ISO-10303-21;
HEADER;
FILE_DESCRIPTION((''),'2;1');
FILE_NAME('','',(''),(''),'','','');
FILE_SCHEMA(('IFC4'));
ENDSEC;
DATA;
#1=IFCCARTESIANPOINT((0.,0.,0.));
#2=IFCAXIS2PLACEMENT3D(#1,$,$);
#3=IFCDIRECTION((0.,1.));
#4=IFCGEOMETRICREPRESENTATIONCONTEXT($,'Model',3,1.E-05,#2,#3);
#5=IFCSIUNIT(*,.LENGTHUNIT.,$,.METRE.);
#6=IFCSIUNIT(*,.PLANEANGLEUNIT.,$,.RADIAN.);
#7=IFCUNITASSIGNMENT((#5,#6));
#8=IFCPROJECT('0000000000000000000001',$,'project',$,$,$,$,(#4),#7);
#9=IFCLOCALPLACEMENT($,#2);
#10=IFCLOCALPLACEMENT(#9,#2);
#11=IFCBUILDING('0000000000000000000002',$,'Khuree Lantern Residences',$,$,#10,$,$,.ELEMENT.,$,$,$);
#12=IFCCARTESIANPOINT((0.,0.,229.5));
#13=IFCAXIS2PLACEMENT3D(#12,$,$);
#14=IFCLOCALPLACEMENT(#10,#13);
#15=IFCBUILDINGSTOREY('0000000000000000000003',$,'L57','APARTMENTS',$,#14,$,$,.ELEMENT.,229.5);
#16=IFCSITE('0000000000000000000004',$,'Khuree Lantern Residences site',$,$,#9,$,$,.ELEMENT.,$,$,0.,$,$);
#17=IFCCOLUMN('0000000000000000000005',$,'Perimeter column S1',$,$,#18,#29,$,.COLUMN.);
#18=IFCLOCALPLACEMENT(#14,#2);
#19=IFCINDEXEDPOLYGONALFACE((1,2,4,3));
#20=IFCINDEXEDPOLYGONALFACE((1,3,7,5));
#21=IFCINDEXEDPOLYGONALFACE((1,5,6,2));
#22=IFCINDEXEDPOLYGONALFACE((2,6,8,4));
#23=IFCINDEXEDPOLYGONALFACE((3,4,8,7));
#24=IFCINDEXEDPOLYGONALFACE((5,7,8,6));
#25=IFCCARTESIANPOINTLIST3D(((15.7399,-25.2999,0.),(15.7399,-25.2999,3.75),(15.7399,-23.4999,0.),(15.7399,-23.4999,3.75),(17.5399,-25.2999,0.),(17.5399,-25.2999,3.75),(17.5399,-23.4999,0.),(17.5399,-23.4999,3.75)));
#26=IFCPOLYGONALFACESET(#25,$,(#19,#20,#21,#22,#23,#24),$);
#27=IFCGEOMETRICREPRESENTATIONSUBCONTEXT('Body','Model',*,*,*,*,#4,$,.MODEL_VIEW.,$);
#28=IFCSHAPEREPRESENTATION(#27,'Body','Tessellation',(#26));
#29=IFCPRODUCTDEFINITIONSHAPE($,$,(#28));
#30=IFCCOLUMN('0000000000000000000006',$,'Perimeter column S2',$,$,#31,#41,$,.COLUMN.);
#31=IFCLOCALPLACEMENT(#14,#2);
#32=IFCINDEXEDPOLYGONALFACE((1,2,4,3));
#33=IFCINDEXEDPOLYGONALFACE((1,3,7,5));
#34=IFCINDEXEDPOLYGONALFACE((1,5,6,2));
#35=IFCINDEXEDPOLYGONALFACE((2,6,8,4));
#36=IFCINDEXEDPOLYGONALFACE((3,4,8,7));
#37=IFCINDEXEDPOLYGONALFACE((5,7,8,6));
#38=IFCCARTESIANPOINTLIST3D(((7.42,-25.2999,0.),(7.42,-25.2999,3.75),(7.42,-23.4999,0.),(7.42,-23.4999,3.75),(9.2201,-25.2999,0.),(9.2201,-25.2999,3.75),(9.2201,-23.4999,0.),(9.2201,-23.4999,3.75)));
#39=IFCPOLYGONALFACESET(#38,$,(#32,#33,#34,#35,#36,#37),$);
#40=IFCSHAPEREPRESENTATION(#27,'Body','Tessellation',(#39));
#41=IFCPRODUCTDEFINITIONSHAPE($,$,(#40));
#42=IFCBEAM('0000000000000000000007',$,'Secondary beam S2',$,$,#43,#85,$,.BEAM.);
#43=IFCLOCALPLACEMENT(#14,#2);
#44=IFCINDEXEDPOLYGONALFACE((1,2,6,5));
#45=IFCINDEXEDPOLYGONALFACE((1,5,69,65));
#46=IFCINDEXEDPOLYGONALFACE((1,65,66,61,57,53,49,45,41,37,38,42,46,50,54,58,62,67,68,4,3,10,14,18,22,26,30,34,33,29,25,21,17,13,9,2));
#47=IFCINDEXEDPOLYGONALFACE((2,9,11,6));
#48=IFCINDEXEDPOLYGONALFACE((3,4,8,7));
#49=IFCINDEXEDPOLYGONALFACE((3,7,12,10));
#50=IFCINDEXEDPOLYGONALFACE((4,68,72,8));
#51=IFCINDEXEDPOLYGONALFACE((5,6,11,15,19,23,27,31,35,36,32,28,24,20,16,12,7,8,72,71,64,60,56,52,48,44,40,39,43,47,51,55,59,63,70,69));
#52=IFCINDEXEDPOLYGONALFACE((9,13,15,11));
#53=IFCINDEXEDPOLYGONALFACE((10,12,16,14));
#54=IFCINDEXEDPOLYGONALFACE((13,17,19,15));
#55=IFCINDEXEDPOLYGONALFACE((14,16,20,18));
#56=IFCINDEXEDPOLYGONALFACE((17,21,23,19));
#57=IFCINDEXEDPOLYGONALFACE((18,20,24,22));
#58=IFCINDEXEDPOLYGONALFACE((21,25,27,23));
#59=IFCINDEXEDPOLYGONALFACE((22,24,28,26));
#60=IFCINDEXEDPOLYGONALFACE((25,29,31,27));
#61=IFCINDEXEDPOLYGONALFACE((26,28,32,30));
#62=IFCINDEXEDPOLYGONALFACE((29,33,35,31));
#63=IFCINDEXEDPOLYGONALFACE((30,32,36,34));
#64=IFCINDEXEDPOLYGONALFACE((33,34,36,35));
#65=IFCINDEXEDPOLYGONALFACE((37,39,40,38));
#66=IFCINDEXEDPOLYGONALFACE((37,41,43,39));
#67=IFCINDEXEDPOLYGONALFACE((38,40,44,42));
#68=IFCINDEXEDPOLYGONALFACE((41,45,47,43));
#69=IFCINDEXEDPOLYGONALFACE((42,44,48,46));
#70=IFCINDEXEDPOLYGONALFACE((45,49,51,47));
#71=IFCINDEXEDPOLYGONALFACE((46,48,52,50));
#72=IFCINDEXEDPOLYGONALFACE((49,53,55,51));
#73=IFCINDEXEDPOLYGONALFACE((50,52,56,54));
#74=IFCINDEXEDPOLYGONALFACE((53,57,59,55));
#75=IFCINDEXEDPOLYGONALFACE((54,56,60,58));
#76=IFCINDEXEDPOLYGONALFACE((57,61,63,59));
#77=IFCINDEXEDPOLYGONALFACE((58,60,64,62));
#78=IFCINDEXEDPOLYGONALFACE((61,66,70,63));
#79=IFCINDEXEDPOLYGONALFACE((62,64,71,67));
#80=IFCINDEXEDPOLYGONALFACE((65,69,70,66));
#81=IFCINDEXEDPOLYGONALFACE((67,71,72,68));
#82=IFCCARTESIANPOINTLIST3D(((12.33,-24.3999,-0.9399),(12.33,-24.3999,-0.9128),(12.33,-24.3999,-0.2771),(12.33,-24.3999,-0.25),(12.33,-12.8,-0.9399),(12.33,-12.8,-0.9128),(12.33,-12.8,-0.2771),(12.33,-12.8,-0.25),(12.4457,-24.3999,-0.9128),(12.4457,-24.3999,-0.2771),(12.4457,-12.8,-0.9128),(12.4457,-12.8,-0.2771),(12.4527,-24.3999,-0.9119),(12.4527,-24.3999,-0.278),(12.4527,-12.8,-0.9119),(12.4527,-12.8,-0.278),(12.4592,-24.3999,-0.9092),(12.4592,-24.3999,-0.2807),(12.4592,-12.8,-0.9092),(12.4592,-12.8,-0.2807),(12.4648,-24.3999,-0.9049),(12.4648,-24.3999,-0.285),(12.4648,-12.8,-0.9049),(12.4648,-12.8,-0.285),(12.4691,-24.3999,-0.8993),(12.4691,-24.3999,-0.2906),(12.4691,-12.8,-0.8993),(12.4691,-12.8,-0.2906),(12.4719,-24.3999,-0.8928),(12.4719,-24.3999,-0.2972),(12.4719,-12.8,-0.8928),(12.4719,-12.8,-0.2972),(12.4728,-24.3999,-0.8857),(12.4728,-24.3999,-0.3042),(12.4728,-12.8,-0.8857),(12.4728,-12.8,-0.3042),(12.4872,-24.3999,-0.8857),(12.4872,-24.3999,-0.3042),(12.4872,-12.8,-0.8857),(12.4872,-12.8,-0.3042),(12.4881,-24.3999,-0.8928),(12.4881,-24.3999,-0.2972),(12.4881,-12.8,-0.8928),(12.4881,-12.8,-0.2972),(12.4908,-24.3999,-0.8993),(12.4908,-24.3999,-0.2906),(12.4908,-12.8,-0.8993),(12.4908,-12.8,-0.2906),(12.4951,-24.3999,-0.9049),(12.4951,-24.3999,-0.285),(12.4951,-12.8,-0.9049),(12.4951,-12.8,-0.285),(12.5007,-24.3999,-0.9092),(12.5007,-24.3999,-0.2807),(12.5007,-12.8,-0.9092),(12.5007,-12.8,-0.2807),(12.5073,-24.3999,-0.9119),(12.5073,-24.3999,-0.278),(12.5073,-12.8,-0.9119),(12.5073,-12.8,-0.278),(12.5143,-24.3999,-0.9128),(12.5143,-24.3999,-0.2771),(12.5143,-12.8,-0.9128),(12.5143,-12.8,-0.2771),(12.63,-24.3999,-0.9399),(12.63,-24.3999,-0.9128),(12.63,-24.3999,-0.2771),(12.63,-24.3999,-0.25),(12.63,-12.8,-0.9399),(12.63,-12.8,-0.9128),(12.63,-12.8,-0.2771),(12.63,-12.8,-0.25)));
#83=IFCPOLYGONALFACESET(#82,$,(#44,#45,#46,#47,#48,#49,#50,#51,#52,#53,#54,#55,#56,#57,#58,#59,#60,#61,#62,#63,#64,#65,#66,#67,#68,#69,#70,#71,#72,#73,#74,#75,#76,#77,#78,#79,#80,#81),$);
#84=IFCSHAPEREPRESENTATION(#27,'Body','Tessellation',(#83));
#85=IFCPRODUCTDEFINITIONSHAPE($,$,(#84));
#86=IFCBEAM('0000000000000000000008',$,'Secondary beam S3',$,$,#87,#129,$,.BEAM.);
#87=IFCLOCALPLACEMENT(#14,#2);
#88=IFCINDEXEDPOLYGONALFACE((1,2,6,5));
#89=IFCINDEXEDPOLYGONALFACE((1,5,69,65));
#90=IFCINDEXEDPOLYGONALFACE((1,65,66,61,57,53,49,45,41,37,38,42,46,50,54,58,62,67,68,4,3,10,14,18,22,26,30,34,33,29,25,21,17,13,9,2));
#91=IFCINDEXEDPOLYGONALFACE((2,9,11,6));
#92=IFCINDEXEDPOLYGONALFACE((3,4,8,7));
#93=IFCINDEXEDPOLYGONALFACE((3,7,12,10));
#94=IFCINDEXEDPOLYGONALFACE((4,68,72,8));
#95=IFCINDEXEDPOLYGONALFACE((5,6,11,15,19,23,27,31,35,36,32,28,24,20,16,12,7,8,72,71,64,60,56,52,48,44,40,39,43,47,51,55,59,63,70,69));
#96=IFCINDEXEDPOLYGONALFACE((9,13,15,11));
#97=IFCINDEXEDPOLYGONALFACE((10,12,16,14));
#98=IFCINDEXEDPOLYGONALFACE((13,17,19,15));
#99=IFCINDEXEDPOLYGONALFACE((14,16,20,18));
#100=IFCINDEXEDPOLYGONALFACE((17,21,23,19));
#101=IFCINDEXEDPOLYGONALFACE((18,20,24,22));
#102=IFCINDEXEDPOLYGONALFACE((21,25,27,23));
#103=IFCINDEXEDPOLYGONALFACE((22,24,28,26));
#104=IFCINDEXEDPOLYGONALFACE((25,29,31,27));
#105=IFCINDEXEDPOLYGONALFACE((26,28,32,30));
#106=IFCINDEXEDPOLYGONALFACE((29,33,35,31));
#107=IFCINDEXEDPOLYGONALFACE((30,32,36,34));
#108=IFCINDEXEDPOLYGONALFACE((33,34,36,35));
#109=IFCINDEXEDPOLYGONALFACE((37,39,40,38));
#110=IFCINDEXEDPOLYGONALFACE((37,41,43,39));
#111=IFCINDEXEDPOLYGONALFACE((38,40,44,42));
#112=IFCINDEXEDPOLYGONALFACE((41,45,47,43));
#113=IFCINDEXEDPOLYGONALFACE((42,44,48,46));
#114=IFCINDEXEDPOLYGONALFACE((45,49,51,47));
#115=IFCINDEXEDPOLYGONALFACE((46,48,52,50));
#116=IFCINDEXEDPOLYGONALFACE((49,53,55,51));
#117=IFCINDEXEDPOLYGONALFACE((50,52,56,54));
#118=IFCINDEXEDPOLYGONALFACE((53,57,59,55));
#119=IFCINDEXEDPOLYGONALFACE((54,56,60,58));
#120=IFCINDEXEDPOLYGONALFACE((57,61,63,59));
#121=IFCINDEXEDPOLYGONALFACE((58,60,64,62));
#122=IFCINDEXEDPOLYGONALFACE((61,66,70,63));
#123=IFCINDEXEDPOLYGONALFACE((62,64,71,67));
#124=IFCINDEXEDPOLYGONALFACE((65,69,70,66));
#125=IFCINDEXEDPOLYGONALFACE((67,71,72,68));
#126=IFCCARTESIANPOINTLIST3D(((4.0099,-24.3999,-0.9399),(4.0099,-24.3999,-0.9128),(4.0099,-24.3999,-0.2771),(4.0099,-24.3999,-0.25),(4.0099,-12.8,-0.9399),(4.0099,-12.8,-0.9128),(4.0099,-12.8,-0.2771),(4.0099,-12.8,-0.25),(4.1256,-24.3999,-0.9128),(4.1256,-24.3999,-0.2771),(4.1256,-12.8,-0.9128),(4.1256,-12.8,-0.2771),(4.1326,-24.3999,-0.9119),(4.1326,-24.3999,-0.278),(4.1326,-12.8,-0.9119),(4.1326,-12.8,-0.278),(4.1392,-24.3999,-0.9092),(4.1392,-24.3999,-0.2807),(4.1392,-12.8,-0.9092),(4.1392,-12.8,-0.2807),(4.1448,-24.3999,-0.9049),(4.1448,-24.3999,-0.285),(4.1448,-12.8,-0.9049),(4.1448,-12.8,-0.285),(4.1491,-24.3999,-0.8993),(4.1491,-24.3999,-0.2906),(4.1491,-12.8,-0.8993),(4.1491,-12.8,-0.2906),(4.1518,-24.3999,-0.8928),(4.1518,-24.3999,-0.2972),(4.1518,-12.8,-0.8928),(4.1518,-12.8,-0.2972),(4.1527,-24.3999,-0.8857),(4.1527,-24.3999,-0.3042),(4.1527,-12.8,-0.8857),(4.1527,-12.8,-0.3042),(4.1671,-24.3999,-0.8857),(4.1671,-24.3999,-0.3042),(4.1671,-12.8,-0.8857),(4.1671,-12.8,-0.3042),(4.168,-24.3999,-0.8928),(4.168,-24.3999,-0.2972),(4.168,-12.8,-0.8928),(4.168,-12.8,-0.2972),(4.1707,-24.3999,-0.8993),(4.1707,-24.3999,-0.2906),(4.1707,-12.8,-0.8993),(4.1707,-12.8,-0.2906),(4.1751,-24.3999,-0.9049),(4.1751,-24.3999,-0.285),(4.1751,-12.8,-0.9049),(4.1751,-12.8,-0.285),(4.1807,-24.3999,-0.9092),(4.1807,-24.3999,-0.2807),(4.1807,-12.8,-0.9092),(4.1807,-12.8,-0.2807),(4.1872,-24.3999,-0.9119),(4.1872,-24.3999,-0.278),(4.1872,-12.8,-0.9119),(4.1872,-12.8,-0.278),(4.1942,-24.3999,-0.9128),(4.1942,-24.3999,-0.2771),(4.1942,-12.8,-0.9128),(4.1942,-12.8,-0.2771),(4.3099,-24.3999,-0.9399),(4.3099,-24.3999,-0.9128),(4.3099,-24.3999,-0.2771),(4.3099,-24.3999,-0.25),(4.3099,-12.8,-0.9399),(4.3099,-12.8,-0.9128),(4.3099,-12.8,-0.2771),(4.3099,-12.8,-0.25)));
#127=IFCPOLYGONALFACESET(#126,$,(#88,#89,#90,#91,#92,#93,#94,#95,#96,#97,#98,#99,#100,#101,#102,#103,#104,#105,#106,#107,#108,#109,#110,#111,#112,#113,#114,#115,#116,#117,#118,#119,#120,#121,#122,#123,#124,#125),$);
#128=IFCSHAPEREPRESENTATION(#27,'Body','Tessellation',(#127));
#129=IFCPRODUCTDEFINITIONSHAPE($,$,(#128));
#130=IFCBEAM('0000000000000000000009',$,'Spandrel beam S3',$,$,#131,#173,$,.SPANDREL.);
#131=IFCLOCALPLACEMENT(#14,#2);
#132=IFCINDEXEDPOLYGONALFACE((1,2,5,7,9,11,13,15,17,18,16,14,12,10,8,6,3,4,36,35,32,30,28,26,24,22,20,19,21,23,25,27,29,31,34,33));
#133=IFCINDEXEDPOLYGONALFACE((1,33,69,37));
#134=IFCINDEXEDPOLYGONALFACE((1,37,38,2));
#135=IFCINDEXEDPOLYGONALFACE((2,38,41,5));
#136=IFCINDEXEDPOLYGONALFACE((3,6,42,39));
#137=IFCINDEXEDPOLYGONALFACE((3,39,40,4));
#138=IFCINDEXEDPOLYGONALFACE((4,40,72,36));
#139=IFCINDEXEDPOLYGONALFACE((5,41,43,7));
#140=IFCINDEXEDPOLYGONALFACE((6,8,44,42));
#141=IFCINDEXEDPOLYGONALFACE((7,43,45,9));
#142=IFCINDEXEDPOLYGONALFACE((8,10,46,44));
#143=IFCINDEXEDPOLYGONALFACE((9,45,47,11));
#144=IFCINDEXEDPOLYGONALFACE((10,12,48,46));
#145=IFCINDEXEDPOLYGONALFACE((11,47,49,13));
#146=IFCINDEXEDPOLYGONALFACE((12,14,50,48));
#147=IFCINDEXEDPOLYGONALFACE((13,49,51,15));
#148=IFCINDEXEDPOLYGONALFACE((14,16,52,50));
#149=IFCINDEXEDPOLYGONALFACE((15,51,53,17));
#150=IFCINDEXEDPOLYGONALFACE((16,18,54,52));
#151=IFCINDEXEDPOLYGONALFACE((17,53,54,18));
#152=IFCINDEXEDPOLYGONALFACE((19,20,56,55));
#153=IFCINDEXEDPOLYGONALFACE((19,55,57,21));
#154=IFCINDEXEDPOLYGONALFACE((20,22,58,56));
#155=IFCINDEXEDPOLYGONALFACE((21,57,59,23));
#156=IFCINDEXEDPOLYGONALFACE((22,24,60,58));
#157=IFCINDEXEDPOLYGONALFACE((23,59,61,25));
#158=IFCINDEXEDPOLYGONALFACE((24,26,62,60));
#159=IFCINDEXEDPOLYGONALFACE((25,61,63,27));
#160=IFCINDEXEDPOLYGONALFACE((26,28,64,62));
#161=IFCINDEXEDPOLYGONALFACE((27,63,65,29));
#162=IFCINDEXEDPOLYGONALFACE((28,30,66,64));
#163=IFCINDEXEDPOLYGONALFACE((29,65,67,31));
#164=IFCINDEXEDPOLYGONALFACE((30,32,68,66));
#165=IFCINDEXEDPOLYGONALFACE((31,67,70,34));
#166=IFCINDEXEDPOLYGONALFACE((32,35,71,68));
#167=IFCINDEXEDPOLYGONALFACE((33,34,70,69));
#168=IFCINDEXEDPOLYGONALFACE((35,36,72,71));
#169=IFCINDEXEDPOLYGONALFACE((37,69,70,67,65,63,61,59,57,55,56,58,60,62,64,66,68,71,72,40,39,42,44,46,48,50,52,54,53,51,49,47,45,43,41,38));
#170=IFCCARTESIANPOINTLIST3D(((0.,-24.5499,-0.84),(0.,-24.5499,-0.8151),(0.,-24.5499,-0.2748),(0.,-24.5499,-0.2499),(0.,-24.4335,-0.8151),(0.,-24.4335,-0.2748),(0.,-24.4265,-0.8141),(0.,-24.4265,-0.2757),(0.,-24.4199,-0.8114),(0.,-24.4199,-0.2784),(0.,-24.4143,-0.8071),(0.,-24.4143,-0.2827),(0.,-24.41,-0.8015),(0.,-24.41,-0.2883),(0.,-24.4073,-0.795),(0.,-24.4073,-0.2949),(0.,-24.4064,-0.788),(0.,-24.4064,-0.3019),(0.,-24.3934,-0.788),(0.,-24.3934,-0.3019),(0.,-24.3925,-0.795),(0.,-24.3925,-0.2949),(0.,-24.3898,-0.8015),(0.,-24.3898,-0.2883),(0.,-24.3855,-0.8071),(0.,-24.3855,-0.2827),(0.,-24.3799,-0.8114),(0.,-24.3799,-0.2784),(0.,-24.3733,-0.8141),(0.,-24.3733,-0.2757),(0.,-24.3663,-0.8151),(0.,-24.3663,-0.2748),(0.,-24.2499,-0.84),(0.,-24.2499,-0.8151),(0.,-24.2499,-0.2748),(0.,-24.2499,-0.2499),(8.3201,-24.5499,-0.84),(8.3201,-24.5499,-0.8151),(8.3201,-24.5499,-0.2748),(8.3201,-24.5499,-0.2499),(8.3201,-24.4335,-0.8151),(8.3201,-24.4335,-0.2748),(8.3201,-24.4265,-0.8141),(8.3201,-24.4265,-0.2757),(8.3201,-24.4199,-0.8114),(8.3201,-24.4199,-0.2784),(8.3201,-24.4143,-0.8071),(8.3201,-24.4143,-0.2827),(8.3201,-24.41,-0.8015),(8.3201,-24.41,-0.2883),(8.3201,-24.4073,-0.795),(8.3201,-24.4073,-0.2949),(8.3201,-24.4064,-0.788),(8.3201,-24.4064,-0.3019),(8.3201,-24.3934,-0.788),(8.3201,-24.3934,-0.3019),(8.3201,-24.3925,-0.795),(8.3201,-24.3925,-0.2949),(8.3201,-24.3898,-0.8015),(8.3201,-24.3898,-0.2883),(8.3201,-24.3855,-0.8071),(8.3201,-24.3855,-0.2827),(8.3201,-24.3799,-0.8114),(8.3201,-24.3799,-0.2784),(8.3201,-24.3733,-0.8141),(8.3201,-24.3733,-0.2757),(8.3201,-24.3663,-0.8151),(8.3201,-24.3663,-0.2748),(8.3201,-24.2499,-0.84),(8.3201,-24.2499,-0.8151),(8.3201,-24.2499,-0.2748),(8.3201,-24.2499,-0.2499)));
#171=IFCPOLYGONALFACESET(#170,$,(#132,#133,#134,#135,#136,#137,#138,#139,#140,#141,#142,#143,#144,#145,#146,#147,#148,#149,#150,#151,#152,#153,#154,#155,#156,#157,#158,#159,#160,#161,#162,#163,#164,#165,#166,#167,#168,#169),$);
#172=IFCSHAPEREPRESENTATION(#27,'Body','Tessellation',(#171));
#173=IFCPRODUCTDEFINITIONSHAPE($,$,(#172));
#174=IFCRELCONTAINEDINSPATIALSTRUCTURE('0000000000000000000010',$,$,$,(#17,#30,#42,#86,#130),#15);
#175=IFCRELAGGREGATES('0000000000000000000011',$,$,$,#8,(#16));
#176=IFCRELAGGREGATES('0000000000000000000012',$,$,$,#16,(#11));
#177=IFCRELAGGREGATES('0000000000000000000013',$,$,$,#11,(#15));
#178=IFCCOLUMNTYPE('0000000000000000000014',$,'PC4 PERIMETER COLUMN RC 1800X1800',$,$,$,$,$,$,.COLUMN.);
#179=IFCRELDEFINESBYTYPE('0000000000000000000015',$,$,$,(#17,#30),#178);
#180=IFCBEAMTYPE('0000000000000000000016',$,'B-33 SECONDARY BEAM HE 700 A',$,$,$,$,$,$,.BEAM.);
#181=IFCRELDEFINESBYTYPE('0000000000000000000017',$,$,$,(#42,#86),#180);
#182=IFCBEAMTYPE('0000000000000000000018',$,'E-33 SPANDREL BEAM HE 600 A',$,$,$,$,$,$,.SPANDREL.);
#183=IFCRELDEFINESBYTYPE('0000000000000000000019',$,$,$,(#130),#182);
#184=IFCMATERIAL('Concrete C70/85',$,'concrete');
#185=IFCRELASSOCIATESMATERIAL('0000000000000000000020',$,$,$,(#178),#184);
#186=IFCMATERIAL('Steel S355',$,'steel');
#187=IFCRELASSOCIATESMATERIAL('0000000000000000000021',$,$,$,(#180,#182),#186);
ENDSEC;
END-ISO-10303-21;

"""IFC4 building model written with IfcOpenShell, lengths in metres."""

from ifc_helpers import new_model, si_unit, direction, frame, origin, origin_2d, place, context, subcontext, project, spatial, rectangle, i_section, extrude, material, material_profile, profile_set, type_object, element, save


model = new_model("IFC4")

# Units and contexts
model_context = context("Model", 3, precision=1e-05, world=origin(), true_north=direction((0.0, 1.0)))
body_context = subcontext(model_context, "Body", "Model", "MODEL_VIEW")
ifc_project = project(units=[si_unit("LENGTHUNIT", "METRE"), si_unit("PLANEANGLEUNIT", "RADIAN")], contexts=[model_context])

# Site, building, storey
site_placement = place(None, origin())
site = spatial("IfcSite", under=ifc_project, at=site_placement, Name="Khuree Lantern Residences site", CompositionType="ELEMENT", RefElevation=0.0)
building_placement = place(site_placement, origin())
building = spatial("IfcBuilding", under=site, at=building_placement, Name="Khuree Lantern Residences", CompositionType="ELEMENT")
storey_placement = place(building_placement, frame((0.0, 0.0, 229.5)))
storey = spatial("IfcBuildingStorey", under=building, at=storey_placement, Name="L57", Description="APARTMENTS", CompositionType="ELEMENT", Elevation=229.5)

# Columns
ifc_material_1 = material(Name="Concrete C70/85", Category="concrete")
ifc_material_profile_1 = material_profile(ifc_material_1, rectangle(XDim=1.8, YDim=1.8, at=origin_2d()), Name="RC 1800X1800")
ifc_profile_set_1 = profile_set([ifc_material_profile_1], Name="Concrete C70/85")
column_type = type_object("IfcColumnType", Name="PC4 PERIMETER COLUMN RC 1800X1800", PredefinedType="COLUMN", material=ifc_profile_set_1)
for number, where, z_axis, x_axis, name in (
    (1, (16.6399, -24.3999, 0.0), (0.0, 0.0, 1.0), (1.0, 0.0, 0.0), "Perimeter column S1"),
    (2, (8.3201, -24.3999, 0.0), (0.0, 0.0, 1.0), (1.0, 0.0, 0.0), "Perimeter column S2"),
):
    element("IfcColumn", number, at=place(storey_placement, frame(where, z_axis=z_axis, x_axis=x_axis)), inside=storey, type_object=column_type, Name=name, PredefinedType="COLUMN", context=body_context, shape_type="SweptSolid", body=[
        extrude(rectangle(XDim=1.8, YDim=1.8, at=origin_2d()), origin(), (0.0, 0.0, 1.0), 3.75),
    ])

# Beams
ifc_material_2 = material(Name="Steel S355", Category="steel")
ifc_material_profile_2 = material_profile(ifc_material_2, i_section(OverallWidth=0.3, OverallDepth=0.6899, WebThickness=0.0144, FlangeThickness=0.0271, FilletRadius=0.0271, at=origin_2d()), Name="HE 700 A")
ifc_profile_set_2 = profile_set([ifc_material_profile_2], Name="Steel S355")
beam_type_1 = type_object("IfcBeamType", Name="B-33 SECONDARY BEAM HE 700 A", PredefinedType="BEAM", material=ifc_profile_set_2)
for number, where, z_axis, x_axis, name in (
    (3, (12.48, -24.3999, -0.595), (0.0, 1.0, 0.0), (-1.0, 0.0, 0.0), "Secondary beam S2"),
    (4, (4.1599, -24.3999, -0.595), (0.0, 1.0, 0.0), (-1.0, 0.0, 0.0), "Secondary beam S3"),
):
    element("IfcBeam", number, at=place(storey_placement, frame(where, z_axis=z_axis, x_axis=x_axis)), inside=storey, type_object=beam_type_1, Name=name, PredefinedType="BEAM", context=body_context, shape_type="SweptSolid", body=[
        extrude(i_section(OverallWidth=0.3, OverallDepth=0.6899, WebThickness=0.0144, FlangeThickness=0.0271, FilletRadius=0.0271, at=origin_2d()), origin(), (0.0, 0.0, 1.0), 11.5999),
    ])
ifc_material_profile_3 = material_profile(ifc_material_2, i_section(OverallWidth=0.3, OverallDepth=0.5901, WebThickness=0.0129, FlangeThickness=0.0249, FilletRadius=0.0271, at=origin_2d()), Name="HE 600 A")
ifc_profile_set_3 = profile_set([ifc_material_profile_3], Name="Steel S355")
beam_type_2 = type_object("IfcBeamType", Name="E-33 SPANDREL BEAM HE 600 A", PredefinedType="SPANDREL", material=ifc_profile_set_3)
for number, where, z_axis, x_axis, name in (
    (5, (8.3201, -24.3999, -0.5449), (-1.0, 0.0, 0.0), (0.0, -1.0, 0.0), "Spandrel beam S3"),
):
    element("IfcBeam", number, at=place(storey_placement, frame(where, z_axis=z_axis, x_axis=x_axis)), inside=storey, type_object=beam_type_2, Name=name, PredefinedType="SPANDREL", context=body_context, shape_type="SweptSolid", body=[
        extrude(i_section(OverallWidth=0.3, OverallDepth=0.5901, WebThickness=0.0129, FlangeThickness=0.0249, FilletRadius=0.0271, at=origin_2d()), origin(), (0.0, 0.0, 1.0), 8.3201),
    ])

save(model, "model.ifc")
